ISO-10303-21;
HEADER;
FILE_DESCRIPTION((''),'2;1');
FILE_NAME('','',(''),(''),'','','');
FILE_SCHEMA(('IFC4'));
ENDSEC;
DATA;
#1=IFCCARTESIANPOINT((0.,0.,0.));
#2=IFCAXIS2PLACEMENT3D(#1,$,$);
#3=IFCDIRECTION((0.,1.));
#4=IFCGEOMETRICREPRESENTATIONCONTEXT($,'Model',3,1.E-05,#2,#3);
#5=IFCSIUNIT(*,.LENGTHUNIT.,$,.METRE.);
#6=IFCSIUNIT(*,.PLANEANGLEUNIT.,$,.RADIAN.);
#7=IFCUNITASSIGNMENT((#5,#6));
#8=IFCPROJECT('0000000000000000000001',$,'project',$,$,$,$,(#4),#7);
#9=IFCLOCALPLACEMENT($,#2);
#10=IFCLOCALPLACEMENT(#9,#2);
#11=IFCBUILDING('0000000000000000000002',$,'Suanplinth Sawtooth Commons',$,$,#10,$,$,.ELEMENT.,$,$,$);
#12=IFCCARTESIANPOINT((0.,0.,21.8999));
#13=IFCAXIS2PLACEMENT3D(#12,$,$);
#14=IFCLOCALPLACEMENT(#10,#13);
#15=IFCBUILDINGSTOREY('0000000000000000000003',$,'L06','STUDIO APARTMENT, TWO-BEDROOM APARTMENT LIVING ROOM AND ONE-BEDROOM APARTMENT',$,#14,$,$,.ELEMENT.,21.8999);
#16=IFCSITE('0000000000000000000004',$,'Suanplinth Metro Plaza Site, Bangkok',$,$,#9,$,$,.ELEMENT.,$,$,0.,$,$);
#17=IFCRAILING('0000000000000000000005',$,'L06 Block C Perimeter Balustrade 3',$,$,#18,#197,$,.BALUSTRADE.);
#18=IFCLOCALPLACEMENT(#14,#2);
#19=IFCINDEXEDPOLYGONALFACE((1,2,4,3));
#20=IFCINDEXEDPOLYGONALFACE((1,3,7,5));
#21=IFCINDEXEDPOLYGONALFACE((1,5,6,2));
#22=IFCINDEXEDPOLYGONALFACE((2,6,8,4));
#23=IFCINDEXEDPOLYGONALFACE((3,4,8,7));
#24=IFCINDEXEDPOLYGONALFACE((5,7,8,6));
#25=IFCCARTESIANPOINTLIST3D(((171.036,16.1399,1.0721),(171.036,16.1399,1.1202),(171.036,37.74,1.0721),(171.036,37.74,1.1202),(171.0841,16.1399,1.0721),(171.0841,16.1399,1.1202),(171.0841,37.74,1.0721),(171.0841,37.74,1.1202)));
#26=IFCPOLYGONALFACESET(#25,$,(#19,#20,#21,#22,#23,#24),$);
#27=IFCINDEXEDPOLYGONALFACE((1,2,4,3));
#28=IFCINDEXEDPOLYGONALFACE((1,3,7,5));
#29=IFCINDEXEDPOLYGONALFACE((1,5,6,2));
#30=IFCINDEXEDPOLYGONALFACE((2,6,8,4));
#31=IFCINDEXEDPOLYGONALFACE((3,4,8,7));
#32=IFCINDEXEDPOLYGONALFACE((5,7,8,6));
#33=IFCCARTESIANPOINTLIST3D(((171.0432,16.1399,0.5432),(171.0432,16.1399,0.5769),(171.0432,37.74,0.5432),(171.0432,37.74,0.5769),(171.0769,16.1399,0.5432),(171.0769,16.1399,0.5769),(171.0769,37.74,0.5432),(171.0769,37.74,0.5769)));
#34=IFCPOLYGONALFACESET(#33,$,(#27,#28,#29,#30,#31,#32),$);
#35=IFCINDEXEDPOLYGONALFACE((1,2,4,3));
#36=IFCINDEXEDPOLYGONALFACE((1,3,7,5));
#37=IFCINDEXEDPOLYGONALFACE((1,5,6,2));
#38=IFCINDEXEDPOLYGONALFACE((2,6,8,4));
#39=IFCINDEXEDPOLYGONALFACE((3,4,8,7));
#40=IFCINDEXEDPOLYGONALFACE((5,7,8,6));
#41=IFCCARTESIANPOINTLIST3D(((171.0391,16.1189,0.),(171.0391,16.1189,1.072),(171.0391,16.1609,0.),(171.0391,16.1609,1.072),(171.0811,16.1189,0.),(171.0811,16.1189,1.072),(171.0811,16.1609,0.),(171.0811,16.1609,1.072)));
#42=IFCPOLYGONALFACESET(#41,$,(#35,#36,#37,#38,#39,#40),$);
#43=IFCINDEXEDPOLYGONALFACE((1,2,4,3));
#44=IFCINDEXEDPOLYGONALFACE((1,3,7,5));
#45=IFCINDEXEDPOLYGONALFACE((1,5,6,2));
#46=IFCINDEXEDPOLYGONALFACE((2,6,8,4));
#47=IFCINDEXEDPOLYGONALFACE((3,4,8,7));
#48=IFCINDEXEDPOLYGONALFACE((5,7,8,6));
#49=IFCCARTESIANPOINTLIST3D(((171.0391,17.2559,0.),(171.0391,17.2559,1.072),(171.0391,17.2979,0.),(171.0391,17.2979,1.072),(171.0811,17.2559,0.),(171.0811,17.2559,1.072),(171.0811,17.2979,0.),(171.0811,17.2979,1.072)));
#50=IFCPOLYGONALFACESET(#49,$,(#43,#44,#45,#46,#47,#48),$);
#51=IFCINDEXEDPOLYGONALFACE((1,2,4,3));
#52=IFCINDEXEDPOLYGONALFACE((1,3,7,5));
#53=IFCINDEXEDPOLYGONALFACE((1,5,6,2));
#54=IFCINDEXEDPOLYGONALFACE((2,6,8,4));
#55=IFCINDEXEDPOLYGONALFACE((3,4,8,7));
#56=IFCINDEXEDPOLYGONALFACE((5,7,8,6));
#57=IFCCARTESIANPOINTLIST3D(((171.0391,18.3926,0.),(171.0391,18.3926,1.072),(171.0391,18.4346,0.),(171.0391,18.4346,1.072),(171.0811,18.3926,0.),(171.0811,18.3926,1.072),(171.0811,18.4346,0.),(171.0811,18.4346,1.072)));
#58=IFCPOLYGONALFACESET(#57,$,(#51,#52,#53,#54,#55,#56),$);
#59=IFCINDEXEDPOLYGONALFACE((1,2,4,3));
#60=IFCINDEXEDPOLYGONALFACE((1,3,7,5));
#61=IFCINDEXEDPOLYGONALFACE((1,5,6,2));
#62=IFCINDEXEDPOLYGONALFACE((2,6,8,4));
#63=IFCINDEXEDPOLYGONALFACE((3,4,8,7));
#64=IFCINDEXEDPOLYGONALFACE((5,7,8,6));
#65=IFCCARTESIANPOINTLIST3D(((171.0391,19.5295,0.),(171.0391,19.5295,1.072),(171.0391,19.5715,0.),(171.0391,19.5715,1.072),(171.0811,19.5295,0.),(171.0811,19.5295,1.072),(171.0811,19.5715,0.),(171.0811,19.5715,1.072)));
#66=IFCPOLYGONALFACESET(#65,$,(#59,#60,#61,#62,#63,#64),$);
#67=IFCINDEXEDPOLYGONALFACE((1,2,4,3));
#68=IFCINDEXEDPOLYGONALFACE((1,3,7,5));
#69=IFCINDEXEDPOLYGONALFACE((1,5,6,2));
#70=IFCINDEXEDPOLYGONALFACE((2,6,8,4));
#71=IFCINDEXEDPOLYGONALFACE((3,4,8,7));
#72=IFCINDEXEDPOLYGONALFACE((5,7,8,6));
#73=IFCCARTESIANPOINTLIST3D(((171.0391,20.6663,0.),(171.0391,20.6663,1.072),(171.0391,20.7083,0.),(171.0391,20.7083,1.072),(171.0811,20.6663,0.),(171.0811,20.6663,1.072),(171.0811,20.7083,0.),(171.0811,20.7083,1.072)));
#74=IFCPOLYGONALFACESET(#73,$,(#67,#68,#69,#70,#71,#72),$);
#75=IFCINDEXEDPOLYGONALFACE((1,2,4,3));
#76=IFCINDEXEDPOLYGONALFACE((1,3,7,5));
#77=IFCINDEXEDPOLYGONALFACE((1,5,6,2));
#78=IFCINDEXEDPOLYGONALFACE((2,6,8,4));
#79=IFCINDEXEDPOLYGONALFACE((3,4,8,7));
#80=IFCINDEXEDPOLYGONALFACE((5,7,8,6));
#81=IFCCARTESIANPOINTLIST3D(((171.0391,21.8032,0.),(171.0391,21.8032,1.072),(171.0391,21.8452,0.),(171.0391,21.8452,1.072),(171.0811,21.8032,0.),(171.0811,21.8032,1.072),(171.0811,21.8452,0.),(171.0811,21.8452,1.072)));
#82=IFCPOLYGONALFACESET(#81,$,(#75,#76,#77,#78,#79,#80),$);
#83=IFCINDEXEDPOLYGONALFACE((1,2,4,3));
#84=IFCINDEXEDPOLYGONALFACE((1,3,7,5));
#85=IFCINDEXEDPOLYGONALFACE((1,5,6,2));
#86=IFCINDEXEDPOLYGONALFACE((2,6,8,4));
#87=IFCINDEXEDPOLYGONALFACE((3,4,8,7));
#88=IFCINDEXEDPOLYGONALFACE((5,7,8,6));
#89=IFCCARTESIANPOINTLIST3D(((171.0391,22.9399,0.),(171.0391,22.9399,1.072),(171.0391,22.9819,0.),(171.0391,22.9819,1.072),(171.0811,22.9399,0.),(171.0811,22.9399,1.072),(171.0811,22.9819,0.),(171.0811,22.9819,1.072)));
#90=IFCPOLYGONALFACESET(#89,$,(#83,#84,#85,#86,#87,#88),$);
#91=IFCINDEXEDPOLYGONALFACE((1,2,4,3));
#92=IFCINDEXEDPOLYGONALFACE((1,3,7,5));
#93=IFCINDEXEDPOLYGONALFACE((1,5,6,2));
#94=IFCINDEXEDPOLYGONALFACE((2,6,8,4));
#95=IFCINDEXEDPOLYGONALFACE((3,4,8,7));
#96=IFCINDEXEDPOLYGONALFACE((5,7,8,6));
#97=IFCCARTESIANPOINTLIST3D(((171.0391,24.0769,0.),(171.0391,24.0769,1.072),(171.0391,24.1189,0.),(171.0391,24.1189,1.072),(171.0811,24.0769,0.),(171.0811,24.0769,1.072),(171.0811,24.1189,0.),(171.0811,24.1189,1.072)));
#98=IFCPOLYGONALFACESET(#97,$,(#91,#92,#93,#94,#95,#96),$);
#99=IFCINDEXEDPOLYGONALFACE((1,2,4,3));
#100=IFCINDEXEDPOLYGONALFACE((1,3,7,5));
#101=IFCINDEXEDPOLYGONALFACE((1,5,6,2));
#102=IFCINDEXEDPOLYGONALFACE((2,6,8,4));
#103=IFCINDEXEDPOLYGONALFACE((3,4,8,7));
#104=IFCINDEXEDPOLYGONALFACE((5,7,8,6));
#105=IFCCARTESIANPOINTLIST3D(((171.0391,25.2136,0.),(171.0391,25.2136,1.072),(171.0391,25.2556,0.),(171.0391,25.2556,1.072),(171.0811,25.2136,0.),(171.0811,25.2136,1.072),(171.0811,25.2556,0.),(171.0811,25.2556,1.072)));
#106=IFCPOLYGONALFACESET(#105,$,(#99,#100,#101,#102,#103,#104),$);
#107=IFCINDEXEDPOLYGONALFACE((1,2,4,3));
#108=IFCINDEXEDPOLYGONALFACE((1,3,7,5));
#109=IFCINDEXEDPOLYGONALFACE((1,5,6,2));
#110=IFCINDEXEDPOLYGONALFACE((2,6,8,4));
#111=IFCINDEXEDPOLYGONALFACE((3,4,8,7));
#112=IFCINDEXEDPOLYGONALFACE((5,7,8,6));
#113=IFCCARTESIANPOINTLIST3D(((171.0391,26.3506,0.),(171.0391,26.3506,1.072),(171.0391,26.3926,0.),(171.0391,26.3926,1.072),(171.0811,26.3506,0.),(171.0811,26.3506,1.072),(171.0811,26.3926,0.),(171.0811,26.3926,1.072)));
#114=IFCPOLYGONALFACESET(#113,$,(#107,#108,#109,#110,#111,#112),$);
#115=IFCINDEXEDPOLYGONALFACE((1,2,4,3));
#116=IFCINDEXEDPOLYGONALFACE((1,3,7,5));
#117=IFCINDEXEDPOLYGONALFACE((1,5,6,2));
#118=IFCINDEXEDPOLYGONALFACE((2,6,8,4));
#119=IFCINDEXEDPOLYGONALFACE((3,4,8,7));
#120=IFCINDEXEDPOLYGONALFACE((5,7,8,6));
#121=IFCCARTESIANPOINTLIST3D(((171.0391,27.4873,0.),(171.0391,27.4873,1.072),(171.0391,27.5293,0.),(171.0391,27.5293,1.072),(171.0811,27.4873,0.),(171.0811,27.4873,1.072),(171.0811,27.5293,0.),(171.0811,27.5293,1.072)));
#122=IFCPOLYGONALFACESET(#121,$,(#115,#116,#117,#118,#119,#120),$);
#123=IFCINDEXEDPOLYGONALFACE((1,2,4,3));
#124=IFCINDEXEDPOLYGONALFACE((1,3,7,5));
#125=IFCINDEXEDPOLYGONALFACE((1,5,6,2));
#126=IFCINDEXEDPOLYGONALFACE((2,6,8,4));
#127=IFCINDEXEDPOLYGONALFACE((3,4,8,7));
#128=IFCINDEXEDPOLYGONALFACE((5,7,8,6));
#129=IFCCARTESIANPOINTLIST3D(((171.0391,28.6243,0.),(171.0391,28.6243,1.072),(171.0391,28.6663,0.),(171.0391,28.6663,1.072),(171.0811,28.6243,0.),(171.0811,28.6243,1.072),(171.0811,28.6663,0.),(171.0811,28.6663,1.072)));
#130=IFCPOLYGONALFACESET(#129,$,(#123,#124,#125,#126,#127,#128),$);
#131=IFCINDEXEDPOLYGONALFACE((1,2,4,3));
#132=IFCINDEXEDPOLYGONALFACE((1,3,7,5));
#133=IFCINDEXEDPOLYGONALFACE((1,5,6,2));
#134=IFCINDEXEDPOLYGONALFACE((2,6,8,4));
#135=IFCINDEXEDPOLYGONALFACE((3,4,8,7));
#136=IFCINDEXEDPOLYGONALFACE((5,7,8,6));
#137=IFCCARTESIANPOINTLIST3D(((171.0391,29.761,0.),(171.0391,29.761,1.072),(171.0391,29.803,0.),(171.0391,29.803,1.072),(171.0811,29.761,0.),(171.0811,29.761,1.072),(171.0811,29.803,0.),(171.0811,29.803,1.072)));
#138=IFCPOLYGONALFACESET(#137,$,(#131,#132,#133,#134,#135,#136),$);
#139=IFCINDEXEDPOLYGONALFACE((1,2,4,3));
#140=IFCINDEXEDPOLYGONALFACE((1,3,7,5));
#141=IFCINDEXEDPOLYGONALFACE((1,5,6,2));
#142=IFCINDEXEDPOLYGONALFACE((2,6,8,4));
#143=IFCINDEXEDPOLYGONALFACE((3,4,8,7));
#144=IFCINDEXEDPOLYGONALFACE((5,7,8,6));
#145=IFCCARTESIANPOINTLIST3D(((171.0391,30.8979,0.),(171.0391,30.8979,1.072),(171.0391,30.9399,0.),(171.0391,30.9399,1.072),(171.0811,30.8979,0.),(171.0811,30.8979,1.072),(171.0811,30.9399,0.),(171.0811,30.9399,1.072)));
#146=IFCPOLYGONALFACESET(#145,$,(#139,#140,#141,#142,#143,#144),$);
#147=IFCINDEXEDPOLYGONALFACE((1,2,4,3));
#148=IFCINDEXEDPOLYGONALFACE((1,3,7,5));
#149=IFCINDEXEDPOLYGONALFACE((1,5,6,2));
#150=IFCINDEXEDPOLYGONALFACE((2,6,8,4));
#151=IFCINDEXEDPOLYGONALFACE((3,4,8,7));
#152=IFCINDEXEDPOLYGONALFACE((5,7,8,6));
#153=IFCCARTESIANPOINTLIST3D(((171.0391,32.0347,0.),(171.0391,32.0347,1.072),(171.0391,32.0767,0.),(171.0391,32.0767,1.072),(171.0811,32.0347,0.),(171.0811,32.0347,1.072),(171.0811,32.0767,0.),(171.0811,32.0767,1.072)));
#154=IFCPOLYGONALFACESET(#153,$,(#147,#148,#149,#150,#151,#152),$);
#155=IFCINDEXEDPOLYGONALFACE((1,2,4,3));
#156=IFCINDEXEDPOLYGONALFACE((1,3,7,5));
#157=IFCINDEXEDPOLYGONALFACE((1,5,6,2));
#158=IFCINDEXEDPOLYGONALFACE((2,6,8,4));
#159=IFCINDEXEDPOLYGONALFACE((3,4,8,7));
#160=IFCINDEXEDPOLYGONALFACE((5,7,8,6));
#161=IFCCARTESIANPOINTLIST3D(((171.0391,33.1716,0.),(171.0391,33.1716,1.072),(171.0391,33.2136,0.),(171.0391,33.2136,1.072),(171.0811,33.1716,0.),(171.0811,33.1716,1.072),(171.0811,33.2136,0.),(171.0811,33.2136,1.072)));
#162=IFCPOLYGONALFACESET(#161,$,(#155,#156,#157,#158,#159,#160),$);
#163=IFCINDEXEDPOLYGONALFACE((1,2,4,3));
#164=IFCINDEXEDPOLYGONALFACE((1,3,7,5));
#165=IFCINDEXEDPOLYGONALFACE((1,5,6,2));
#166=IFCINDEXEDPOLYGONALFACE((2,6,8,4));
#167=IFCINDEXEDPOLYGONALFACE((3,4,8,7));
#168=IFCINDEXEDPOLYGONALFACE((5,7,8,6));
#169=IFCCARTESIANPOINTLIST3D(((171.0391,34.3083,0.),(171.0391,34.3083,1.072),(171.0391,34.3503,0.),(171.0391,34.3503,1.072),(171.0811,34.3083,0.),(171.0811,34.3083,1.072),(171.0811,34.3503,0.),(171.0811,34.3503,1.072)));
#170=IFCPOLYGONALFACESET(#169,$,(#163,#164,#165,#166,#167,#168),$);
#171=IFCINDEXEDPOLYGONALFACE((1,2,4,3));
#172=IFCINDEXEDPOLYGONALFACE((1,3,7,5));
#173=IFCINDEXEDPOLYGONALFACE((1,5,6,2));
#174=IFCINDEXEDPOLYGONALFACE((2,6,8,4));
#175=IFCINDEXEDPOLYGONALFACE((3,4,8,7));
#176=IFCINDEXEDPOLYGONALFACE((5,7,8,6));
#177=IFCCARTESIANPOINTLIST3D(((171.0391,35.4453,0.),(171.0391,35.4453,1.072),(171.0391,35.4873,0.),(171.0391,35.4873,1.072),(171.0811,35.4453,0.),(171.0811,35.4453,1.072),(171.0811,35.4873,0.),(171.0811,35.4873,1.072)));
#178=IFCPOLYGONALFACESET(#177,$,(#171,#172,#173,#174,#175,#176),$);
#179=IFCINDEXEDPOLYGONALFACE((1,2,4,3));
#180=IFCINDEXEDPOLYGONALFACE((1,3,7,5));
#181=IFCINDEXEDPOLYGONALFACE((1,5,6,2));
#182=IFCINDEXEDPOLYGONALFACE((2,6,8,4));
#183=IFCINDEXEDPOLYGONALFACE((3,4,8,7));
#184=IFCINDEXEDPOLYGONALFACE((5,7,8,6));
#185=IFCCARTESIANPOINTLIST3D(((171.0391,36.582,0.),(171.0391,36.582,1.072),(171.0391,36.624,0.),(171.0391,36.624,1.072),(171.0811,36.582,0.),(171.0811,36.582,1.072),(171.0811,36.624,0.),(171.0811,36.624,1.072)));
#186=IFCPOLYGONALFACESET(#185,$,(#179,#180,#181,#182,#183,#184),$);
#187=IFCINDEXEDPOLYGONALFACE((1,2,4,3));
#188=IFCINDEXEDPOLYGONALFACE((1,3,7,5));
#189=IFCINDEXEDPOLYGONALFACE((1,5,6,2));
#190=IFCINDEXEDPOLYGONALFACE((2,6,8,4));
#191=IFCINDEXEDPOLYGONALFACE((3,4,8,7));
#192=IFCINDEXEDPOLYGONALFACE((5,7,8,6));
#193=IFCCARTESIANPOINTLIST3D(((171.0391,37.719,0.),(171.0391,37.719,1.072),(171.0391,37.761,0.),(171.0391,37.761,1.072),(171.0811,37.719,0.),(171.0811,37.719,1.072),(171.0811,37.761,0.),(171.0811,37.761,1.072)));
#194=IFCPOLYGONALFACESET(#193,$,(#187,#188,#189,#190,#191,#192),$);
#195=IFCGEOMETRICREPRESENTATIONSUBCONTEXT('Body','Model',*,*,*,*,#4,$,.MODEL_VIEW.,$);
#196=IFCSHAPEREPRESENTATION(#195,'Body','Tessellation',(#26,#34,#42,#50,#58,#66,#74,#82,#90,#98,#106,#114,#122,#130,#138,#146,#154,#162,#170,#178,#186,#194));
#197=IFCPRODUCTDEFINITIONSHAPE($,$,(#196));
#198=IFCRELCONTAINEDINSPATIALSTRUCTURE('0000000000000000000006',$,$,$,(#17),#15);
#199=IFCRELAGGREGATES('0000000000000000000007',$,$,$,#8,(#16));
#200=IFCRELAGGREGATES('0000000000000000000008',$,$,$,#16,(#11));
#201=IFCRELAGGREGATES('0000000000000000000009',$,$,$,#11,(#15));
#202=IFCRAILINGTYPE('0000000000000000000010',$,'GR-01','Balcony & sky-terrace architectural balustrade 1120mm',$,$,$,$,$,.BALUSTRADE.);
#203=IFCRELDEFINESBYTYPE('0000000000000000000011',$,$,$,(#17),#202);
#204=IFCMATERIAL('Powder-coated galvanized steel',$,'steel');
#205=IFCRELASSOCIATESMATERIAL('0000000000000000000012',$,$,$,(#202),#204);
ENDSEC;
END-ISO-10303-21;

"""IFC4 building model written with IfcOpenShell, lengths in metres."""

from ifc_helpers import new_model, si_unit, direction, frame, origin, origin_2d, place, context, subcontext, project, spatial, rectangle, extrude, material, type_object, element, save


model = new_model("IFC4")

# Units and contexts
model_context = context("Model", 3, precision=1e-05, world=origin(), true_north=direction((0.0, 1.0)))
body_context = subcontext(model_context, "Body", "Model", "MODEL_VIEW")
ifc_project = project(units=[si_unit("LENGTHUNIT", "METRE"), si_unit("PLANEANGLEUNIT", "RADIAN")], contexts=[model_context])

# Site, building, storey
site_placement = place(None, origin())
site = spatial("IfcSite", under=ifc_project, at=site_placement, Name="Suanplinth Metro Plaza Site, Bangkok", CompositionType="ELEMENT", RefElevation=0.0)
building_placement = place(site_placement, origin())
building = spatial("IfcBuilding", under=site, at=building_placement, Name="Suanplinth Sawtooth Commons", CompositionType="ELEMENT")
storey_placement = place(building_placement, frame((0.0, 0.0, 21.8999)))
storey = spatial("IfcBuildingStorey", under=building, at=storey_placement, Name="L06", Description="STUDIO APARTMENT, TWO-BEDROOM APARTMENT LIVING ROOM AND ONE-BEDROOM APARTMENT", CompositionType="ELEMENT", Elevation=21.8999)

# Railing
ifc_material_1 = material(Name="Powder-coated galvanized steel", Category="steel")
railing_type = type_object("IfcRailingType", Name="GR-01", Description="Balcony & sky-terrace architectural balustrade 1120mm", PredefinedType="BALUSTRADE", material=ifc_material_1)
railing_placement = place(storey_placement, frame((171.0601, 16.1399, 0.0)))
element("IfcRailing", 1, at=railing_placement, inside=storey, type_object=railing_type, Name="L06 Block C Perimeter Balustrade 3", PredefinedType="BALUSTRADE", context=body_context, shape_type="SweptSolid", body=[
    extrude(rectangle(XDim=0.0481, YDim=0.0481, at=origin_2d()), frame((0.0, 0.0, 1.0962), z_axis=(0.0, 1.0, 0.0), x_axis=(-1.0, 0.0, 0.0)), (0.0, 0.0, 1.0), 21.6001),
    extrude(rectangle(XDim=0.0337, YDim=0.0337, at=origin_2d()), frame((0.0, 0.0, 0.5601), z_axis=(0.0, 1.0, 0.0), x_axis=(-1.0, 0.0, 0.0)), (0.0, 0.0, 1.0), 21.6001),
    extrude(rectangle(XDim=0.042, YDim=0.042, at=origin_2d()), origin(), (0.0, 0.0, 1.0), 1.072),
    extrude(rectangle(XDim=0.042, YDim=0.042, at=origin_2d()), frame((0.0, 1.137, 0.0)), (0.0, 0.0, 1.0), 1.072),
    extrude(rectangle(XDim=0.042, YDim=0.042, at=origin_2d()), frame((0.0, 2.2737, 0.0)), (0.0, 0.0, 1.0), 1.072),
    extrude(rectangle(XDim=0.042, YDim=0.042, at=origin_2d()), frame((0.0, 3.4106, 0.0)), (0.0, 0.0, 1.0), 1.072),
    extrude(rectangle(XDim=0.042, YDim=0.042, at=origin_2d()), frame((0.0, 4.5474, 0.0)), (0.0, 0.0, 1.0), 1.072),
    extrude(rectangle(XDim=0.042, YDim=0.042, at=origin_2d()), frame((0.0, 5.6843, 0.0)), (0.0, 0.0, 1.0), 1.072),
    extrude(rectangle(XDim=0.042, YDim=0.042, at=origin_2d()), frame((0.0, 6.821, 0.0)), (0.0, 0.0, 1.0), 1.072),
    extrude(rectangle(XDim=0.042, YDim=0.042, at=origin_2d()), frame((0.0, 7.958, 0.0)), (0.0, 0.0, 1.0), 1.072),
    extrude(rectangle(XDim=0.042, YDim=0.042, at=origin_2d()), frame((0.0, 9.0947, 0.0)), (0.0, 0.0, 1.0), 1.072),
    extrude(rectangle(XDim=0.042, YDim=0.042, at=origin_2d()), frame((0.0, 10.2317, 0.0)), (0.0, 0.0, 1.0), 1.072),
    extrude(rectangle(XDim=0.042, YDim=0.042, at=origin_2d()), frame((0.0, 11.3684, 0.0)), (0.0, 0.0, 1.0), 1.072),
    extrude(rectangle(XDim=0.042, YDim=0.042, at=origin_2d()), frame((0.0, 12.5054, 0.0)), (0.0, 0.0, 1.0), 1.072),
    extrude(rectangle(XDim=0.042, YDim=0.042, at=origin_2d()), frame((0.0, 13.6421, 0.0)), (0.0, 0.0, 1.0), 1.072),
    extrude(rectangle(XDim=0.042, YDim=0.042, at=origin_2d()), frame((0.0, 14.7791, 0.0)), (0.0, 0.0, 1.0), 1.072),
    extrude(rectangle(XDim=0.042, YDim=0.042, at=origin_2d()), frame((0.0, 15.9158, 0.0)), (0.0, 0.0, 1.0), 1.072),
    extrude(rectangle(XDim=0.042, YDim=0.042, at=origin_2d()), frame((0.0, 17.0527, 0.0)), (0.0, 0.0, 1.0), 1.072),
    extrude(rectangle(XDim=0.042, YDim=0.042, at=origin_2d()), frame((0.0, 18.1895, 0.0)), (0.0, 0.0, 1.0), 1.072),
    extrude(rectangle(XDim=0.042, YDim=0.042, at=origin_2d()), frame((0.0, 19.3264, 0.0)), (0.0, 0.0, 1.0), 1.072),
    extrude(rectangle(XDim=0.042, YDim=0.042, at=origin_2d()), frame((0.0, 20.4631, 0.0)), (0.0, 0.0, 1.0), 1.072),
    extrude(rectangle(XDim=0.042, YDim=0.042, at=origin_2d()), frame((0.0, 21.6001, 0.0)), (0.0, 0.0, 1.0), 1.072),
])

save(model, "model.ifc")
